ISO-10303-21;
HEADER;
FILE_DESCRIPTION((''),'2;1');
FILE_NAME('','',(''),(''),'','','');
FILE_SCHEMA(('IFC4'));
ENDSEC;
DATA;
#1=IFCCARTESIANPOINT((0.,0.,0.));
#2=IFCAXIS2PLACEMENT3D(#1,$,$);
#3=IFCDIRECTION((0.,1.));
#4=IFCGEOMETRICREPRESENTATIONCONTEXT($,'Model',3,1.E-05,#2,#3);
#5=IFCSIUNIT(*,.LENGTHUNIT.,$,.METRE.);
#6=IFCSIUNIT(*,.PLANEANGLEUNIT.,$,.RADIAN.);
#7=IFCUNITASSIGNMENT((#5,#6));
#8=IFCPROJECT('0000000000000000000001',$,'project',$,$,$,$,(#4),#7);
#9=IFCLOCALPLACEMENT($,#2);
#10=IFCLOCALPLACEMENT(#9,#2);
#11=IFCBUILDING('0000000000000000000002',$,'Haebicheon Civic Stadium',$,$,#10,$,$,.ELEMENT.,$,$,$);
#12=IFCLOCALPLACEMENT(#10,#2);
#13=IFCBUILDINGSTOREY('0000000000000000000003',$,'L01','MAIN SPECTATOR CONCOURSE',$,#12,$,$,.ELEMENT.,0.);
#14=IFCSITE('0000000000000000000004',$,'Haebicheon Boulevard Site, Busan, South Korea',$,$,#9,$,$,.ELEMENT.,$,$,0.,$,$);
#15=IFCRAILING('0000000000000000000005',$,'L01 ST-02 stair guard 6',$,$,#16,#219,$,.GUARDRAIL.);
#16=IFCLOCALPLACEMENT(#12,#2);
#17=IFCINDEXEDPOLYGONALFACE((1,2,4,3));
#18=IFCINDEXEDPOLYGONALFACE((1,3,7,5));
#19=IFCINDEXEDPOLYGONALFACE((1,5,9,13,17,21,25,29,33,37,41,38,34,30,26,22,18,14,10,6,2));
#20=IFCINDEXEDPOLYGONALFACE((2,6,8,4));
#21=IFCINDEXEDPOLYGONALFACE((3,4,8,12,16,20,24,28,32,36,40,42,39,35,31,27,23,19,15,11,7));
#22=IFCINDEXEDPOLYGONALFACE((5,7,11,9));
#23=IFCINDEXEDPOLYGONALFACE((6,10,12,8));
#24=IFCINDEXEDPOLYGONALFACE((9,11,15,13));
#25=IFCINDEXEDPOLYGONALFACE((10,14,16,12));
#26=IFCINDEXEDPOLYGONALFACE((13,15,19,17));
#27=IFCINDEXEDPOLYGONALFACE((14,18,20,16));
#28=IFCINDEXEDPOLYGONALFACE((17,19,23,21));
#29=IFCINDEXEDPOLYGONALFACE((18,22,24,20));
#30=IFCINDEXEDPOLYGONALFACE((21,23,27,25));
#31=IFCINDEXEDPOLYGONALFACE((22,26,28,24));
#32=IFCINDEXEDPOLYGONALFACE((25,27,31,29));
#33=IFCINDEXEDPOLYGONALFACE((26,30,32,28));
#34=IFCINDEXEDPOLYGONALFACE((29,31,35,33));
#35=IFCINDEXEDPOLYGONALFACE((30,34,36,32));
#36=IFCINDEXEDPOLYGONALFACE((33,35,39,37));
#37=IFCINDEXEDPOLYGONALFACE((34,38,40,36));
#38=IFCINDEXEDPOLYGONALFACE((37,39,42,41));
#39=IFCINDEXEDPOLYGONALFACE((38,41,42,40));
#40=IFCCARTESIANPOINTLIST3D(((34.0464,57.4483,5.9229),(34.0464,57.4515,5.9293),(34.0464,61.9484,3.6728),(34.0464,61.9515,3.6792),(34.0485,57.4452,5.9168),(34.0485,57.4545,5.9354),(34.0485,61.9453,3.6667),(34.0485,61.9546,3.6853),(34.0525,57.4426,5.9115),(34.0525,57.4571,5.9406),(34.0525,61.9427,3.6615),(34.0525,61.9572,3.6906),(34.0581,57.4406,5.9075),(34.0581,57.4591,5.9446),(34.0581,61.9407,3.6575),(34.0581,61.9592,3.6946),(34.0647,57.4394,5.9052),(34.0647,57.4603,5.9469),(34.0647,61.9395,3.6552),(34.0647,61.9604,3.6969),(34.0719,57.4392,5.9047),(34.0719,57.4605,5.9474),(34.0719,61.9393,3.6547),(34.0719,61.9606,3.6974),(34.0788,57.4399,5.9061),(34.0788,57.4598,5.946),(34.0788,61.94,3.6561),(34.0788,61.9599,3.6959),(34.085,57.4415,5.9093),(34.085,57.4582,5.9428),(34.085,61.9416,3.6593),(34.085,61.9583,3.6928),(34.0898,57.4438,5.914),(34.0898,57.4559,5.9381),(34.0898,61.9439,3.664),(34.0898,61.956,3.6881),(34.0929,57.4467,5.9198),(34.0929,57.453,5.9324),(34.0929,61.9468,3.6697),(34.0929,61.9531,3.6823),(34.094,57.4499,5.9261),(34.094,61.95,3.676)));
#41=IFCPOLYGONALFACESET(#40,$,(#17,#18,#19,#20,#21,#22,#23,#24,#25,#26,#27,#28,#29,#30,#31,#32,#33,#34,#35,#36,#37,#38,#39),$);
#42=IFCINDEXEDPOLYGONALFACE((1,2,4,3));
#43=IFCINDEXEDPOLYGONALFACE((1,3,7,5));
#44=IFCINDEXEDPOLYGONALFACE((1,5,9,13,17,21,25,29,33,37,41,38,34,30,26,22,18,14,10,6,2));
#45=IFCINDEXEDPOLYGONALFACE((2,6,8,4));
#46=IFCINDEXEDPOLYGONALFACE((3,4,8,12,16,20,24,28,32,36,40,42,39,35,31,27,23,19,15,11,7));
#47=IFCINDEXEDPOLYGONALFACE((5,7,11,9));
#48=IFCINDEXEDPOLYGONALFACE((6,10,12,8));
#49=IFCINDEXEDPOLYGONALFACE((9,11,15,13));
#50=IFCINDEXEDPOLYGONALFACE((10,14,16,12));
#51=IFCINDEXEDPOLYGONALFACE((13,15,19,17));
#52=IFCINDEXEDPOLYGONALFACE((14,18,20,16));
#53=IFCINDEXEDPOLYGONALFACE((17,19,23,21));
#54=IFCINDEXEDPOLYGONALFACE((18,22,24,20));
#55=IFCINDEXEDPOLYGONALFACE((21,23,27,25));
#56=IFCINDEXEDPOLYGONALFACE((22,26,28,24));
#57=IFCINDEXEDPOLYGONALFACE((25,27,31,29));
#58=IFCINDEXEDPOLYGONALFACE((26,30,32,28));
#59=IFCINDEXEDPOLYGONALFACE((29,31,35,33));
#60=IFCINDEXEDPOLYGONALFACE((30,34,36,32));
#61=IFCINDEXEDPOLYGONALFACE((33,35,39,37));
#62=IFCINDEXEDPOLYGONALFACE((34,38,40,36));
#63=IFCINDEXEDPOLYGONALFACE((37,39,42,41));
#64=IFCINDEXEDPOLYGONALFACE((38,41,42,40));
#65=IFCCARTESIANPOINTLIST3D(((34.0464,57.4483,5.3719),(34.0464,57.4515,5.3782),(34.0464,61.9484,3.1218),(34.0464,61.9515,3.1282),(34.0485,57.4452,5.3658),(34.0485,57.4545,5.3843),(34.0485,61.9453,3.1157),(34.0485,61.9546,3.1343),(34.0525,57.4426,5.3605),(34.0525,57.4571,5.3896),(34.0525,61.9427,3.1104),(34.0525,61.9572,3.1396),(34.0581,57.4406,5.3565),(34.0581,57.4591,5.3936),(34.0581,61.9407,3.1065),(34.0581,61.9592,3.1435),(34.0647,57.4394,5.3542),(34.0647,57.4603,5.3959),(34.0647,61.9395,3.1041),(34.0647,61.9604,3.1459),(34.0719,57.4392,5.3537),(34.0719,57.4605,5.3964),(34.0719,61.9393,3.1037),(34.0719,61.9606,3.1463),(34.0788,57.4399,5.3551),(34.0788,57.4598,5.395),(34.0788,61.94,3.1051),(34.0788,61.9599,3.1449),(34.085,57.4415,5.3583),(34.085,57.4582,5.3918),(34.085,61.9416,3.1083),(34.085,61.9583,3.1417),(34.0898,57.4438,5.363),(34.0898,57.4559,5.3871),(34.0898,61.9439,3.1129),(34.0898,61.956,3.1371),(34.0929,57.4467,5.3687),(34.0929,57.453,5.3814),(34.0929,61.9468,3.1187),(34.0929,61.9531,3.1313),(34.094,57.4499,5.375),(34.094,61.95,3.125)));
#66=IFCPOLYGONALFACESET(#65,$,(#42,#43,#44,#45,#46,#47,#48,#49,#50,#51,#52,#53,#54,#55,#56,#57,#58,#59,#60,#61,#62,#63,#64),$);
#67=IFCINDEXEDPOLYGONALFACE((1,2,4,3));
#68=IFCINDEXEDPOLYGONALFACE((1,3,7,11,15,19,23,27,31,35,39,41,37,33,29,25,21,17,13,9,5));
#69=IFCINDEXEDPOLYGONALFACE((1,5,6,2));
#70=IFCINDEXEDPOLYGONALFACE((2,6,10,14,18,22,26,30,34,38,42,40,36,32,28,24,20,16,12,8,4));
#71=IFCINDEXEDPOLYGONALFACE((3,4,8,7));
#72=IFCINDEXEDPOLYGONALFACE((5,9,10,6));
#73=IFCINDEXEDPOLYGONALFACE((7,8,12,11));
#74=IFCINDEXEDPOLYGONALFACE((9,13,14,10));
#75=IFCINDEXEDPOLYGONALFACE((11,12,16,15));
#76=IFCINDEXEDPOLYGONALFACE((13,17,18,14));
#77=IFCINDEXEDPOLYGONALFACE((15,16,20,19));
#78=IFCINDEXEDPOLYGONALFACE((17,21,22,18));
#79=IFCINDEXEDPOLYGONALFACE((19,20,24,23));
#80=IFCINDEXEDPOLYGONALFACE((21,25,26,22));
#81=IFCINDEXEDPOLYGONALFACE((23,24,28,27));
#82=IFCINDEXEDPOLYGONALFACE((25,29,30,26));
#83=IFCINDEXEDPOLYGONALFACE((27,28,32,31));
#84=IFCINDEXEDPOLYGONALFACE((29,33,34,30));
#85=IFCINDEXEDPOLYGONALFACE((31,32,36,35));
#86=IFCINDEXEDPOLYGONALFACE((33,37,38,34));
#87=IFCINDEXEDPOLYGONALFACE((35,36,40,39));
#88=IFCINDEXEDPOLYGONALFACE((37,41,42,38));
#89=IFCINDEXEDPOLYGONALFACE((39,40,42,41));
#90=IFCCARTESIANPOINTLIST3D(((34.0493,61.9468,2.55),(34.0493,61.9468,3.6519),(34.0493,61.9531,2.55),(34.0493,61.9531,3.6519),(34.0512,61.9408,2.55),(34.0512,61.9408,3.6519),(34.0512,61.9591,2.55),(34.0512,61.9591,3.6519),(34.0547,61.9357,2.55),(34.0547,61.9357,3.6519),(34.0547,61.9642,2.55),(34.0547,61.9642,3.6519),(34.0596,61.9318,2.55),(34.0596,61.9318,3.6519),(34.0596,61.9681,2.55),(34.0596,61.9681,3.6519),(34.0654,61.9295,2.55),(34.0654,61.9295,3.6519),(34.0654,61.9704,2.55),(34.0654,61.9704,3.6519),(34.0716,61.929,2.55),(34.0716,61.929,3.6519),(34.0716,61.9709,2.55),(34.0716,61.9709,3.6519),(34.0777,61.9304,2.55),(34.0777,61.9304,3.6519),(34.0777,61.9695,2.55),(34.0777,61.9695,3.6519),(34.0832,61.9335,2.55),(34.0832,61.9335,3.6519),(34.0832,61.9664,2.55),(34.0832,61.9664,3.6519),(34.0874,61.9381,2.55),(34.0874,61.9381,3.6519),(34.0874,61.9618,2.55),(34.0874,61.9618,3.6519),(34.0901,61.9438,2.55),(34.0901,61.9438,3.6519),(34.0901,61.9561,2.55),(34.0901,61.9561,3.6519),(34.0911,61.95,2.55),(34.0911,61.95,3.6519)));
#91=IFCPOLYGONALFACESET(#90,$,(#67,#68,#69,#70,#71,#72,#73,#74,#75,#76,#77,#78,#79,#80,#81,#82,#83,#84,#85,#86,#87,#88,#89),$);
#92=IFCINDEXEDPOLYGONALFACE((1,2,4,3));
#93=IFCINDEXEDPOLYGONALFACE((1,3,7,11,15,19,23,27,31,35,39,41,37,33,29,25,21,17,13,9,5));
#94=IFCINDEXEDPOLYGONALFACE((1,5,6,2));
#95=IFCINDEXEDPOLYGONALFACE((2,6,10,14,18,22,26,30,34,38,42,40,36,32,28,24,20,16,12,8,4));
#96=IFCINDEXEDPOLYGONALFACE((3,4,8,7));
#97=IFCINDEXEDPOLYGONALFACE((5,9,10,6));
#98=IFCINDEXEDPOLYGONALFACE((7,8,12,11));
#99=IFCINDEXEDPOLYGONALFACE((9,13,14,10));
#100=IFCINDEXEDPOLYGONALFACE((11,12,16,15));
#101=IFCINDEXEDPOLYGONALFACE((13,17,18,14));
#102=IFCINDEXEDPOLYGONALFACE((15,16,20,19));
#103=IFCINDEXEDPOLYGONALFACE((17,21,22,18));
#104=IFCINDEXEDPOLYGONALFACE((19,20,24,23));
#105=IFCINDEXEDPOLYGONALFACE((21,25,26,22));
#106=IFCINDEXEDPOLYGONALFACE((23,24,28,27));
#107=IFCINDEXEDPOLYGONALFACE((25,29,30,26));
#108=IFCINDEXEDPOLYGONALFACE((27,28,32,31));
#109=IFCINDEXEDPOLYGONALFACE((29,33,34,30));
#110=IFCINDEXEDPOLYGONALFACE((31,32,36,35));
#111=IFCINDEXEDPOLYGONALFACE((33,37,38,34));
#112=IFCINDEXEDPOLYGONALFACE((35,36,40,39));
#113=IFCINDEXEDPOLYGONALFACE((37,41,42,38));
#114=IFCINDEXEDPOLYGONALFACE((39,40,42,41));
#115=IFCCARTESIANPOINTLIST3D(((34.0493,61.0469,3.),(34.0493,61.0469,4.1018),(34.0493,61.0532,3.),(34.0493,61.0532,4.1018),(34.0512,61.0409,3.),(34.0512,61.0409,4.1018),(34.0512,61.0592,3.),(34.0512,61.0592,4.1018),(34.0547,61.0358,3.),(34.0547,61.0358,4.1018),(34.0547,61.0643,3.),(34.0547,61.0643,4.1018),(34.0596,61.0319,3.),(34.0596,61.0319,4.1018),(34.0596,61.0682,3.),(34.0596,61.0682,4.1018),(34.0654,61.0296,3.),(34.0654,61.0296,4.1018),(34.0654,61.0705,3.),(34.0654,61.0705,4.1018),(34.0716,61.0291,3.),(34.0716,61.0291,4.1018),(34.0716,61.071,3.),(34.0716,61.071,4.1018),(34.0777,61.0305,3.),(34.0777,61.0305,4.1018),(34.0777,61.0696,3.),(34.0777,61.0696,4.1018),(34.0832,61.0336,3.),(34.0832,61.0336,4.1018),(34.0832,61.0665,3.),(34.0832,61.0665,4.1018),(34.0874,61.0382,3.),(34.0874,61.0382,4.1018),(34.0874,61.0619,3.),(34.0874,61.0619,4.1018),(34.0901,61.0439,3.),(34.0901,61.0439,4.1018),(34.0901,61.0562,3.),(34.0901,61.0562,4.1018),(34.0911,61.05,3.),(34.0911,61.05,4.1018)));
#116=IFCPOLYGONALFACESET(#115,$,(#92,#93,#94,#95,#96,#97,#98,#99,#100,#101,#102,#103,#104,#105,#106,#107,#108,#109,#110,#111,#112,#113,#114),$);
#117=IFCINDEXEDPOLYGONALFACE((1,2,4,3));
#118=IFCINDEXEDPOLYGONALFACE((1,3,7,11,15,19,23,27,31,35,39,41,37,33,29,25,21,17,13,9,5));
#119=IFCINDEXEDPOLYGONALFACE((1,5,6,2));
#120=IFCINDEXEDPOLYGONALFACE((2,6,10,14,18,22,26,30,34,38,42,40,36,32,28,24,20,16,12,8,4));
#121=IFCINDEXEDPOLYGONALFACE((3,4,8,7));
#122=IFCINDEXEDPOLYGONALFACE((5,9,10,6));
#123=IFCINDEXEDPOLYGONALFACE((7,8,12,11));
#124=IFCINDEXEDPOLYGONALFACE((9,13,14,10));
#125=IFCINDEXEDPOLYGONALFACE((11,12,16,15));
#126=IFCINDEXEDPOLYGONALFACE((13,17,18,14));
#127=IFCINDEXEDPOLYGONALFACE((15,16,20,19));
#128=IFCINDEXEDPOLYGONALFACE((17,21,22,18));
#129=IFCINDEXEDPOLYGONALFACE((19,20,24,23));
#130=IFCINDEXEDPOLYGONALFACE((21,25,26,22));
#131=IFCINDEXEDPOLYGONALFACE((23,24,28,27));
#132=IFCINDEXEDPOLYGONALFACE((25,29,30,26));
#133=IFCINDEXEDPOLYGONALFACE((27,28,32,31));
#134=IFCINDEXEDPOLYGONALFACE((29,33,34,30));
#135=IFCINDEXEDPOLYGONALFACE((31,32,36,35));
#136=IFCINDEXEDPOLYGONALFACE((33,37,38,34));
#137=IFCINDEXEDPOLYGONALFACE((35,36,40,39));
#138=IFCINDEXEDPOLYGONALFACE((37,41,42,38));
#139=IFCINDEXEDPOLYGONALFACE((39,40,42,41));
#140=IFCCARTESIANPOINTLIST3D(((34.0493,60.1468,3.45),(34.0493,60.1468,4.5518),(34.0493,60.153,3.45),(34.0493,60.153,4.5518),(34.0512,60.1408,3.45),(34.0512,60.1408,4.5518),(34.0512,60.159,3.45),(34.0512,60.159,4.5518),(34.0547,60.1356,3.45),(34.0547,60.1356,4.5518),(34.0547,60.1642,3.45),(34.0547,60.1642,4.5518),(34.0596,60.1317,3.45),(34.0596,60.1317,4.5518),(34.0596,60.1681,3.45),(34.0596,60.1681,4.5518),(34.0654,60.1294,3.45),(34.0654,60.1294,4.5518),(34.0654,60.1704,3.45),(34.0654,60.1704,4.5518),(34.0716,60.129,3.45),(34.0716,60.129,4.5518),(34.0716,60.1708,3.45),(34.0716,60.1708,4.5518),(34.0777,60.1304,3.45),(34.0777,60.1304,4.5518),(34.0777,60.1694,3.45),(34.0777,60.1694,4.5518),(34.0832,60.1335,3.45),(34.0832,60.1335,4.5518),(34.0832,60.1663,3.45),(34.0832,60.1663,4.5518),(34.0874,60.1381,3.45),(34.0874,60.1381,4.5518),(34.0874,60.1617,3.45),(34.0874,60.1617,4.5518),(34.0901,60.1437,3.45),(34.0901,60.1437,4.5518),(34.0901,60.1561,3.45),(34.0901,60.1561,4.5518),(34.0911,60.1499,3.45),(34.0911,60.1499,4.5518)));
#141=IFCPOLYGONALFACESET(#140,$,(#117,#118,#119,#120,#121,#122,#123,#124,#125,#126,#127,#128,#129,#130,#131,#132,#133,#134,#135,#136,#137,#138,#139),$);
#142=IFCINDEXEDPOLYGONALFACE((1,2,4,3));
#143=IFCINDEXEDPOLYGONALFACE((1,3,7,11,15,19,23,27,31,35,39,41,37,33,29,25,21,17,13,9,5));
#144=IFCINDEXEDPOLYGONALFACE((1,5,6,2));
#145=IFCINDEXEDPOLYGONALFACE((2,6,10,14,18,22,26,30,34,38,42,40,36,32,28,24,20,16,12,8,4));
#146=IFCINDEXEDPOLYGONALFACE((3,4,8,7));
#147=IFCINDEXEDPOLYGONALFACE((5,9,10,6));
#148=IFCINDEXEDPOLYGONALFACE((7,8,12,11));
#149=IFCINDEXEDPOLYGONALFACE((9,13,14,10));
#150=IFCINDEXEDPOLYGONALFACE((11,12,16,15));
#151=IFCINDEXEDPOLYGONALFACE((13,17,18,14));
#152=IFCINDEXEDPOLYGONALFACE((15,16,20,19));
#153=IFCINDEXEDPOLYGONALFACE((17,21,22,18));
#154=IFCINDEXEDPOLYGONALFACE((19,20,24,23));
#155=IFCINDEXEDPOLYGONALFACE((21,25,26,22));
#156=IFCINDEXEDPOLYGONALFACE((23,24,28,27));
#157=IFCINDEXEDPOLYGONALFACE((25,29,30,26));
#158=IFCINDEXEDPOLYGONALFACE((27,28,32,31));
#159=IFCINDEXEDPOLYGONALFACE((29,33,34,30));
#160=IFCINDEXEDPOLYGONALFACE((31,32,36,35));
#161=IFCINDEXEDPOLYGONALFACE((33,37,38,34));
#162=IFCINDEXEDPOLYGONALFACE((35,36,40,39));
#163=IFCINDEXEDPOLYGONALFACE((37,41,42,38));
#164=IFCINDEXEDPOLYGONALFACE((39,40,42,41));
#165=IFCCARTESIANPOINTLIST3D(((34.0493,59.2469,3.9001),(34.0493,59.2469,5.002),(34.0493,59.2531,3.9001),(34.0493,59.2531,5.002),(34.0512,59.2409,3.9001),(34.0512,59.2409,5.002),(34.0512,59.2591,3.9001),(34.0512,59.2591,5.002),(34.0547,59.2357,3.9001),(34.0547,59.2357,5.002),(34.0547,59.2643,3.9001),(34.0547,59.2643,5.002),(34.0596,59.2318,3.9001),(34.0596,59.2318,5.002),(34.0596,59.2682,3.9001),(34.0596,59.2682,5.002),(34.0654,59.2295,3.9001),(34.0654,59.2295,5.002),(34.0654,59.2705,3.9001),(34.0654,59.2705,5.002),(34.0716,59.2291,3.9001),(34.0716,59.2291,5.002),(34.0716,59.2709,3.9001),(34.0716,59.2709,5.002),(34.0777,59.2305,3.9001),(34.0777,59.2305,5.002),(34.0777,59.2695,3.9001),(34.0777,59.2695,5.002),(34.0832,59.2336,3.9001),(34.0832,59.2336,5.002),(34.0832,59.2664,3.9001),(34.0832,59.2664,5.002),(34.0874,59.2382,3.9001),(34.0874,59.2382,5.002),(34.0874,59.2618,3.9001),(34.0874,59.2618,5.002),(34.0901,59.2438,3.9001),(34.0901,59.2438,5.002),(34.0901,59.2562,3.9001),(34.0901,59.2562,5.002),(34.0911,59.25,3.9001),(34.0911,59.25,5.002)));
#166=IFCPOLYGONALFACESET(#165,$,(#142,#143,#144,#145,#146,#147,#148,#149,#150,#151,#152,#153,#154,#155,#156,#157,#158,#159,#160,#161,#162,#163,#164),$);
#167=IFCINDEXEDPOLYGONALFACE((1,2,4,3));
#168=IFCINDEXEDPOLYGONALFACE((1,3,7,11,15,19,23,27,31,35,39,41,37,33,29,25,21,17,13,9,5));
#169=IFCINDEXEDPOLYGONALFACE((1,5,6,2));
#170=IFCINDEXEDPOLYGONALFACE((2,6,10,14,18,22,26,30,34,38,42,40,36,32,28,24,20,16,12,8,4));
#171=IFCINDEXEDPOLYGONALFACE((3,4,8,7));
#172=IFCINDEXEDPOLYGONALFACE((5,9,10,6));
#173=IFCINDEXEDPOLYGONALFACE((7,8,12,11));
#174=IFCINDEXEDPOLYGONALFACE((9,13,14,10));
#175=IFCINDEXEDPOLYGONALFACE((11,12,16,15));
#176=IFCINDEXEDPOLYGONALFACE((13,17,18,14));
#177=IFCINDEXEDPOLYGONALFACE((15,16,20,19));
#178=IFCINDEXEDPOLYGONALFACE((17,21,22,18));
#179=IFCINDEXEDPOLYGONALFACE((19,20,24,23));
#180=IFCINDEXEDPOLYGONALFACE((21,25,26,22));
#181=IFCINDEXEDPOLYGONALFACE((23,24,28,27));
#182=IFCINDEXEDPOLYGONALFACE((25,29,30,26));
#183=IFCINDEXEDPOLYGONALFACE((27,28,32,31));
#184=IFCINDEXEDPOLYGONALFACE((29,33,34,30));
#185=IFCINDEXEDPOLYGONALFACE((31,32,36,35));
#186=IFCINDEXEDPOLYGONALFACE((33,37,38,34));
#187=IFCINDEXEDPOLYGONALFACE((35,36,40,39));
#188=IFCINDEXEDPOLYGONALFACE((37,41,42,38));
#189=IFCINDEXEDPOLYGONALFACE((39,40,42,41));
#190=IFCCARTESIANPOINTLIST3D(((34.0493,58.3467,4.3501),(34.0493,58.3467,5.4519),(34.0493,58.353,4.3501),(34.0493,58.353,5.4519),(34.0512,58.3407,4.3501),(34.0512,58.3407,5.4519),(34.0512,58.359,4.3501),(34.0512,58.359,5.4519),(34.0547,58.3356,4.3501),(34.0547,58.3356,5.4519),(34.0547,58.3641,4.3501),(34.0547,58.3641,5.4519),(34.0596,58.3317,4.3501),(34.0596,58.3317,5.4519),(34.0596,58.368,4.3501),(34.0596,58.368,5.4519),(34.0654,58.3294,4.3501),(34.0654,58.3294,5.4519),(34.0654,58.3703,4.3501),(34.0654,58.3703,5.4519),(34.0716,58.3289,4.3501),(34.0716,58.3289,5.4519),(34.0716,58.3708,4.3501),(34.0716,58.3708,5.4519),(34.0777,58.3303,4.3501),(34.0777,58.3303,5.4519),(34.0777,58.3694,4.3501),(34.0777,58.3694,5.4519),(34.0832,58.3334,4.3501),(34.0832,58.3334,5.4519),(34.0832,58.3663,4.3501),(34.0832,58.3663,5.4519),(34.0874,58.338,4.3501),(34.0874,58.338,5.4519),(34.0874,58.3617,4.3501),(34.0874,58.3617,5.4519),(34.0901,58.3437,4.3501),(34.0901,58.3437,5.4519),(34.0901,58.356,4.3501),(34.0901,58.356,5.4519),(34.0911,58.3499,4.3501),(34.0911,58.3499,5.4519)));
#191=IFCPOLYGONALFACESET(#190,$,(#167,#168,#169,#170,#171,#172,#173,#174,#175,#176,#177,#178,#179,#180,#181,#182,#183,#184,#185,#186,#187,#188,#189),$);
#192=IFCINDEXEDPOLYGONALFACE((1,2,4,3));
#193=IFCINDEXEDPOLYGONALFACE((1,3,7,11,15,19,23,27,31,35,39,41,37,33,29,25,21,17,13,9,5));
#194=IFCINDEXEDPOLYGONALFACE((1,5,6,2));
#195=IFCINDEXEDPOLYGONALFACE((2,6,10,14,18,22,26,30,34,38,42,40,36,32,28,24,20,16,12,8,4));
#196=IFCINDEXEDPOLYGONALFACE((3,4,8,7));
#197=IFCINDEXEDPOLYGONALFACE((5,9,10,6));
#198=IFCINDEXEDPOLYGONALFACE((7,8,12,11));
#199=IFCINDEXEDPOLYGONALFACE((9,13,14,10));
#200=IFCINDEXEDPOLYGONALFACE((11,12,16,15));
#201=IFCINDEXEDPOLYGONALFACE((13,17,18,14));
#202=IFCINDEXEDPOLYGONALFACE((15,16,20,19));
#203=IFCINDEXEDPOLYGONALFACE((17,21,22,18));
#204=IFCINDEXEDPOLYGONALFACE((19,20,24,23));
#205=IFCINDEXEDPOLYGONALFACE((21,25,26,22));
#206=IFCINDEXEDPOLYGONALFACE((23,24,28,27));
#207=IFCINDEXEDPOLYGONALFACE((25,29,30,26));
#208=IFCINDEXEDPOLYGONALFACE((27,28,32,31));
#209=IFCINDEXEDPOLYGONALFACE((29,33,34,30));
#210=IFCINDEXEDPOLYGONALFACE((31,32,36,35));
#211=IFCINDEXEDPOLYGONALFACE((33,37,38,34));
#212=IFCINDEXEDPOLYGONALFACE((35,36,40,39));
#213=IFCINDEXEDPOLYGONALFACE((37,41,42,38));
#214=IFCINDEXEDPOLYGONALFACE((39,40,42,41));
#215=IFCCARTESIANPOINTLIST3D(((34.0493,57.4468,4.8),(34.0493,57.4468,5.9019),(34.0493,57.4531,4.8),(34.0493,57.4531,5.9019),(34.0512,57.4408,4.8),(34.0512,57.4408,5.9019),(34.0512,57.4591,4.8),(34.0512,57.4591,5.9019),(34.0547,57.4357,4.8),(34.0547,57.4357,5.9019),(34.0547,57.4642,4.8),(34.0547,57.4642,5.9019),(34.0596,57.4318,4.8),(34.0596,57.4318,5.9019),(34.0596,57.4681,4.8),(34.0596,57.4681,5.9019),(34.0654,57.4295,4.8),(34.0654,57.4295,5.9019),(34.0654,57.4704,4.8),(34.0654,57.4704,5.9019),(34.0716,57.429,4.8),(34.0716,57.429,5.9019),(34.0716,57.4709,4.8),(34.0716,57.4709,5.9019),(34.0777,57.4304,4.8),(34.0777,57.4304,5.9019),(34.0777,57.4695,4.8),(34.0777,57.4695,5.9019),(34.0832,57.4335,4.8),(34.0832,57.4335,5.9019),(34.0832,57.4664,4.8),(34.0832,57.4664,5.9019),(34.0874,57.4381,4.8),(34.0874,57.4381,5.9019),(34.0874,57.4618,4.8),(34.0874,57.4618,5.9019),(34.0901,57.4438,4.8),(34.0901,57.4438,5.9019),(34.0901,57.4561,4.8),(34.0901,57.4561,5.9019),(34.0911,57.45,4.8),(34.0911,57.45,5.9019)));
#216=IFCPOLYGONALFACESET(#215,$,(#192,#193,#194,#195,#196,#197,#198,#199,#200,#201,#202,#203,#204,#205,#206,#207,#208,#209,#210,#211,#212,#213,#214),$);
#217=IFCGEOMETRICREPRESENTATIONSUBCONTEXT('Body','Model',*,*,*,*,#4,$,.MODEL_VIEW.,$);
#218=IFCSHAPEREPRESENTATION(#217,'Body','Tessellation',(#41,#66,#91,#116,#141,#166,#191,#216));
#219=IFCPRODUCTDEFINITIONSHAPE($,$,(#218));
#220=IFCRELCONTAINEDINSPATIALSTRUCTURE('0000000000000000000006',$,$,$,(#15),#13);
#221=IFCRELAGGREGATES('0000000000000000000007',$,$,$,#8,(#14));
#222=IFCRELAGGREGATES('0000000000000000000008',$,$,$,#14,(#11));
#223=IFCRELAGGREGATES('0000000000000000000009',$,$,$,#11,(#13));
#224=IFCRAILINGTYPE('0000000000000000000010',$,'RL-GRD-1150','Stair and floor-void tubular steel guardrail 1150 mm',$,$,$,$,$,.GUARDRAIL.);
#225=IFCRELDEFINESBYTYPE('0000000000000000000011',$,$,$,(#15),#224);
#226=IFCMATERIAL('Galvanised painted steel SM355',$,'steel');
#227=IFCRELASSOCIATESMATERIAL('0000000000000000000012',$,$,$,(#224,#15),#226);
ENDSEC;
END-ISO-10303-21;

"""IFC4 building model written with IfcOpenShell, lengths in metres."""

from ifc_helpers import new_model, si_unit, direction, frame, origin, origin_2d, place, context, subcontext, project, spatial, circle, extrude, material, type_object, element, save


model = new_model("IFC4")

# Units and contexts
model_context = context("Model", 3, precision=1e-05, world=origin(), true_north=direction((0.0, 1.0)))
body_context = subcontext(model_context, "Body", "Model", "MODEL_VIEW")
ifc_project = project(units=[si_unit("LENGTHUNIT", "METRE"), si_unit("PLANEANGLEUNIT", "RADIAN")], contexts=[model_context])

# Site, building, storey
site_placement = place(None, origin())
site = spatial("IfcSite", under=ifc_project, at=site_placement, Name="Haebicheon Boulevard Site, Busan, South Korea", CompositionType="ELEMENT", RefElevation=0.0)
building_placement = place(site_placement, origin())
building = spatial("IfcBuilding", under=site, at=building_placement, Name="Haebicheon Civic Stadium", CompositionType="ELEMENT")
storey_placement = place(building_placement, origin())
storey = spatial("IfcBuildingStorey", under=building, at=storey_placement, Name="L01", Description="MAIN SPECTATOR CONCOURSE", CompositionType="ELEMENT", Elevation=0.0)

# Railing
ifc_material_1 = material(Name="Galvanised painted steel SM355", Category="steel")
railing_type_1 = type_object("IfcRailingType", Name="RL-GRD-1150", Description="Stair and floor-void tubular steel guardrail 1150 mm", PredefinedType="GUARDRAIL", material=ifc_material_1)
railing_1_placement = place(storey_placement, frame((34.0701, 61.95, 2.55)))
element("IfcRailing", 1, at=railing_1_placement, inside=storey, type_object=railing_type_1, material=ifc_material_1, Name="L01 ST-02 stair guard 6", PredefinedType="GUARDRAIL", context=body_context, shape_type="SweptSolid", body=[
    extrude(circle(Radius=0.0239, at=origin_2d()), frame((0.0, 0.0, 1.126), z_axis=(0.0, -0.894427, 0.447214), x_axis=(1.0, 0.0, 0.0)), (0.0, 0.0, 1.0), 5.0312),
    extrude(circle(Radius=0.0239, at=origin_2d()), frame((0.0, 0.0, 0.575), z_axis=(0.0, -0.894427, 0.447214), x_axis=(1.0, 0.0, 0.0)), (0.0, 0.0, 1.0), 5.0312),
    extrude(circle(Radius=0.021, at=origin_2d()), origin(), (0.0, 0.0, 1.0), 1.1018),
    extrude(circle(Radius=0.021, at=origin_2d()), frame((0.0, -0.8999, 0.45)), (0.0, 0.0, 1.0), 1.1018),
    extrude(circle(Radius=0.021, at=origin_2d()), frame((0.0, -1.8, 0.8999)), (0.0, 0.0, 1.0), 1.1018),
    extrude(circle(Radius=0.021, at=origin_2d()), frame((0.0, -2.7, 1.3501)), (0.0, 0.0, 1.0), 1.1018),
    extrude(circle(Radius=0.021, at=origin_2d()), frame((0.0, -3.6001, 1.8)), (0.0, 0.0, 1.0), 1.1018),
    extrude(circle(Radius=0.021, at=origin_2d()), frame((0.0, -4.5, 2.25)), (0.0, 0.0, 1.0), 1.1018),
])

save(model, "model.ifc")
